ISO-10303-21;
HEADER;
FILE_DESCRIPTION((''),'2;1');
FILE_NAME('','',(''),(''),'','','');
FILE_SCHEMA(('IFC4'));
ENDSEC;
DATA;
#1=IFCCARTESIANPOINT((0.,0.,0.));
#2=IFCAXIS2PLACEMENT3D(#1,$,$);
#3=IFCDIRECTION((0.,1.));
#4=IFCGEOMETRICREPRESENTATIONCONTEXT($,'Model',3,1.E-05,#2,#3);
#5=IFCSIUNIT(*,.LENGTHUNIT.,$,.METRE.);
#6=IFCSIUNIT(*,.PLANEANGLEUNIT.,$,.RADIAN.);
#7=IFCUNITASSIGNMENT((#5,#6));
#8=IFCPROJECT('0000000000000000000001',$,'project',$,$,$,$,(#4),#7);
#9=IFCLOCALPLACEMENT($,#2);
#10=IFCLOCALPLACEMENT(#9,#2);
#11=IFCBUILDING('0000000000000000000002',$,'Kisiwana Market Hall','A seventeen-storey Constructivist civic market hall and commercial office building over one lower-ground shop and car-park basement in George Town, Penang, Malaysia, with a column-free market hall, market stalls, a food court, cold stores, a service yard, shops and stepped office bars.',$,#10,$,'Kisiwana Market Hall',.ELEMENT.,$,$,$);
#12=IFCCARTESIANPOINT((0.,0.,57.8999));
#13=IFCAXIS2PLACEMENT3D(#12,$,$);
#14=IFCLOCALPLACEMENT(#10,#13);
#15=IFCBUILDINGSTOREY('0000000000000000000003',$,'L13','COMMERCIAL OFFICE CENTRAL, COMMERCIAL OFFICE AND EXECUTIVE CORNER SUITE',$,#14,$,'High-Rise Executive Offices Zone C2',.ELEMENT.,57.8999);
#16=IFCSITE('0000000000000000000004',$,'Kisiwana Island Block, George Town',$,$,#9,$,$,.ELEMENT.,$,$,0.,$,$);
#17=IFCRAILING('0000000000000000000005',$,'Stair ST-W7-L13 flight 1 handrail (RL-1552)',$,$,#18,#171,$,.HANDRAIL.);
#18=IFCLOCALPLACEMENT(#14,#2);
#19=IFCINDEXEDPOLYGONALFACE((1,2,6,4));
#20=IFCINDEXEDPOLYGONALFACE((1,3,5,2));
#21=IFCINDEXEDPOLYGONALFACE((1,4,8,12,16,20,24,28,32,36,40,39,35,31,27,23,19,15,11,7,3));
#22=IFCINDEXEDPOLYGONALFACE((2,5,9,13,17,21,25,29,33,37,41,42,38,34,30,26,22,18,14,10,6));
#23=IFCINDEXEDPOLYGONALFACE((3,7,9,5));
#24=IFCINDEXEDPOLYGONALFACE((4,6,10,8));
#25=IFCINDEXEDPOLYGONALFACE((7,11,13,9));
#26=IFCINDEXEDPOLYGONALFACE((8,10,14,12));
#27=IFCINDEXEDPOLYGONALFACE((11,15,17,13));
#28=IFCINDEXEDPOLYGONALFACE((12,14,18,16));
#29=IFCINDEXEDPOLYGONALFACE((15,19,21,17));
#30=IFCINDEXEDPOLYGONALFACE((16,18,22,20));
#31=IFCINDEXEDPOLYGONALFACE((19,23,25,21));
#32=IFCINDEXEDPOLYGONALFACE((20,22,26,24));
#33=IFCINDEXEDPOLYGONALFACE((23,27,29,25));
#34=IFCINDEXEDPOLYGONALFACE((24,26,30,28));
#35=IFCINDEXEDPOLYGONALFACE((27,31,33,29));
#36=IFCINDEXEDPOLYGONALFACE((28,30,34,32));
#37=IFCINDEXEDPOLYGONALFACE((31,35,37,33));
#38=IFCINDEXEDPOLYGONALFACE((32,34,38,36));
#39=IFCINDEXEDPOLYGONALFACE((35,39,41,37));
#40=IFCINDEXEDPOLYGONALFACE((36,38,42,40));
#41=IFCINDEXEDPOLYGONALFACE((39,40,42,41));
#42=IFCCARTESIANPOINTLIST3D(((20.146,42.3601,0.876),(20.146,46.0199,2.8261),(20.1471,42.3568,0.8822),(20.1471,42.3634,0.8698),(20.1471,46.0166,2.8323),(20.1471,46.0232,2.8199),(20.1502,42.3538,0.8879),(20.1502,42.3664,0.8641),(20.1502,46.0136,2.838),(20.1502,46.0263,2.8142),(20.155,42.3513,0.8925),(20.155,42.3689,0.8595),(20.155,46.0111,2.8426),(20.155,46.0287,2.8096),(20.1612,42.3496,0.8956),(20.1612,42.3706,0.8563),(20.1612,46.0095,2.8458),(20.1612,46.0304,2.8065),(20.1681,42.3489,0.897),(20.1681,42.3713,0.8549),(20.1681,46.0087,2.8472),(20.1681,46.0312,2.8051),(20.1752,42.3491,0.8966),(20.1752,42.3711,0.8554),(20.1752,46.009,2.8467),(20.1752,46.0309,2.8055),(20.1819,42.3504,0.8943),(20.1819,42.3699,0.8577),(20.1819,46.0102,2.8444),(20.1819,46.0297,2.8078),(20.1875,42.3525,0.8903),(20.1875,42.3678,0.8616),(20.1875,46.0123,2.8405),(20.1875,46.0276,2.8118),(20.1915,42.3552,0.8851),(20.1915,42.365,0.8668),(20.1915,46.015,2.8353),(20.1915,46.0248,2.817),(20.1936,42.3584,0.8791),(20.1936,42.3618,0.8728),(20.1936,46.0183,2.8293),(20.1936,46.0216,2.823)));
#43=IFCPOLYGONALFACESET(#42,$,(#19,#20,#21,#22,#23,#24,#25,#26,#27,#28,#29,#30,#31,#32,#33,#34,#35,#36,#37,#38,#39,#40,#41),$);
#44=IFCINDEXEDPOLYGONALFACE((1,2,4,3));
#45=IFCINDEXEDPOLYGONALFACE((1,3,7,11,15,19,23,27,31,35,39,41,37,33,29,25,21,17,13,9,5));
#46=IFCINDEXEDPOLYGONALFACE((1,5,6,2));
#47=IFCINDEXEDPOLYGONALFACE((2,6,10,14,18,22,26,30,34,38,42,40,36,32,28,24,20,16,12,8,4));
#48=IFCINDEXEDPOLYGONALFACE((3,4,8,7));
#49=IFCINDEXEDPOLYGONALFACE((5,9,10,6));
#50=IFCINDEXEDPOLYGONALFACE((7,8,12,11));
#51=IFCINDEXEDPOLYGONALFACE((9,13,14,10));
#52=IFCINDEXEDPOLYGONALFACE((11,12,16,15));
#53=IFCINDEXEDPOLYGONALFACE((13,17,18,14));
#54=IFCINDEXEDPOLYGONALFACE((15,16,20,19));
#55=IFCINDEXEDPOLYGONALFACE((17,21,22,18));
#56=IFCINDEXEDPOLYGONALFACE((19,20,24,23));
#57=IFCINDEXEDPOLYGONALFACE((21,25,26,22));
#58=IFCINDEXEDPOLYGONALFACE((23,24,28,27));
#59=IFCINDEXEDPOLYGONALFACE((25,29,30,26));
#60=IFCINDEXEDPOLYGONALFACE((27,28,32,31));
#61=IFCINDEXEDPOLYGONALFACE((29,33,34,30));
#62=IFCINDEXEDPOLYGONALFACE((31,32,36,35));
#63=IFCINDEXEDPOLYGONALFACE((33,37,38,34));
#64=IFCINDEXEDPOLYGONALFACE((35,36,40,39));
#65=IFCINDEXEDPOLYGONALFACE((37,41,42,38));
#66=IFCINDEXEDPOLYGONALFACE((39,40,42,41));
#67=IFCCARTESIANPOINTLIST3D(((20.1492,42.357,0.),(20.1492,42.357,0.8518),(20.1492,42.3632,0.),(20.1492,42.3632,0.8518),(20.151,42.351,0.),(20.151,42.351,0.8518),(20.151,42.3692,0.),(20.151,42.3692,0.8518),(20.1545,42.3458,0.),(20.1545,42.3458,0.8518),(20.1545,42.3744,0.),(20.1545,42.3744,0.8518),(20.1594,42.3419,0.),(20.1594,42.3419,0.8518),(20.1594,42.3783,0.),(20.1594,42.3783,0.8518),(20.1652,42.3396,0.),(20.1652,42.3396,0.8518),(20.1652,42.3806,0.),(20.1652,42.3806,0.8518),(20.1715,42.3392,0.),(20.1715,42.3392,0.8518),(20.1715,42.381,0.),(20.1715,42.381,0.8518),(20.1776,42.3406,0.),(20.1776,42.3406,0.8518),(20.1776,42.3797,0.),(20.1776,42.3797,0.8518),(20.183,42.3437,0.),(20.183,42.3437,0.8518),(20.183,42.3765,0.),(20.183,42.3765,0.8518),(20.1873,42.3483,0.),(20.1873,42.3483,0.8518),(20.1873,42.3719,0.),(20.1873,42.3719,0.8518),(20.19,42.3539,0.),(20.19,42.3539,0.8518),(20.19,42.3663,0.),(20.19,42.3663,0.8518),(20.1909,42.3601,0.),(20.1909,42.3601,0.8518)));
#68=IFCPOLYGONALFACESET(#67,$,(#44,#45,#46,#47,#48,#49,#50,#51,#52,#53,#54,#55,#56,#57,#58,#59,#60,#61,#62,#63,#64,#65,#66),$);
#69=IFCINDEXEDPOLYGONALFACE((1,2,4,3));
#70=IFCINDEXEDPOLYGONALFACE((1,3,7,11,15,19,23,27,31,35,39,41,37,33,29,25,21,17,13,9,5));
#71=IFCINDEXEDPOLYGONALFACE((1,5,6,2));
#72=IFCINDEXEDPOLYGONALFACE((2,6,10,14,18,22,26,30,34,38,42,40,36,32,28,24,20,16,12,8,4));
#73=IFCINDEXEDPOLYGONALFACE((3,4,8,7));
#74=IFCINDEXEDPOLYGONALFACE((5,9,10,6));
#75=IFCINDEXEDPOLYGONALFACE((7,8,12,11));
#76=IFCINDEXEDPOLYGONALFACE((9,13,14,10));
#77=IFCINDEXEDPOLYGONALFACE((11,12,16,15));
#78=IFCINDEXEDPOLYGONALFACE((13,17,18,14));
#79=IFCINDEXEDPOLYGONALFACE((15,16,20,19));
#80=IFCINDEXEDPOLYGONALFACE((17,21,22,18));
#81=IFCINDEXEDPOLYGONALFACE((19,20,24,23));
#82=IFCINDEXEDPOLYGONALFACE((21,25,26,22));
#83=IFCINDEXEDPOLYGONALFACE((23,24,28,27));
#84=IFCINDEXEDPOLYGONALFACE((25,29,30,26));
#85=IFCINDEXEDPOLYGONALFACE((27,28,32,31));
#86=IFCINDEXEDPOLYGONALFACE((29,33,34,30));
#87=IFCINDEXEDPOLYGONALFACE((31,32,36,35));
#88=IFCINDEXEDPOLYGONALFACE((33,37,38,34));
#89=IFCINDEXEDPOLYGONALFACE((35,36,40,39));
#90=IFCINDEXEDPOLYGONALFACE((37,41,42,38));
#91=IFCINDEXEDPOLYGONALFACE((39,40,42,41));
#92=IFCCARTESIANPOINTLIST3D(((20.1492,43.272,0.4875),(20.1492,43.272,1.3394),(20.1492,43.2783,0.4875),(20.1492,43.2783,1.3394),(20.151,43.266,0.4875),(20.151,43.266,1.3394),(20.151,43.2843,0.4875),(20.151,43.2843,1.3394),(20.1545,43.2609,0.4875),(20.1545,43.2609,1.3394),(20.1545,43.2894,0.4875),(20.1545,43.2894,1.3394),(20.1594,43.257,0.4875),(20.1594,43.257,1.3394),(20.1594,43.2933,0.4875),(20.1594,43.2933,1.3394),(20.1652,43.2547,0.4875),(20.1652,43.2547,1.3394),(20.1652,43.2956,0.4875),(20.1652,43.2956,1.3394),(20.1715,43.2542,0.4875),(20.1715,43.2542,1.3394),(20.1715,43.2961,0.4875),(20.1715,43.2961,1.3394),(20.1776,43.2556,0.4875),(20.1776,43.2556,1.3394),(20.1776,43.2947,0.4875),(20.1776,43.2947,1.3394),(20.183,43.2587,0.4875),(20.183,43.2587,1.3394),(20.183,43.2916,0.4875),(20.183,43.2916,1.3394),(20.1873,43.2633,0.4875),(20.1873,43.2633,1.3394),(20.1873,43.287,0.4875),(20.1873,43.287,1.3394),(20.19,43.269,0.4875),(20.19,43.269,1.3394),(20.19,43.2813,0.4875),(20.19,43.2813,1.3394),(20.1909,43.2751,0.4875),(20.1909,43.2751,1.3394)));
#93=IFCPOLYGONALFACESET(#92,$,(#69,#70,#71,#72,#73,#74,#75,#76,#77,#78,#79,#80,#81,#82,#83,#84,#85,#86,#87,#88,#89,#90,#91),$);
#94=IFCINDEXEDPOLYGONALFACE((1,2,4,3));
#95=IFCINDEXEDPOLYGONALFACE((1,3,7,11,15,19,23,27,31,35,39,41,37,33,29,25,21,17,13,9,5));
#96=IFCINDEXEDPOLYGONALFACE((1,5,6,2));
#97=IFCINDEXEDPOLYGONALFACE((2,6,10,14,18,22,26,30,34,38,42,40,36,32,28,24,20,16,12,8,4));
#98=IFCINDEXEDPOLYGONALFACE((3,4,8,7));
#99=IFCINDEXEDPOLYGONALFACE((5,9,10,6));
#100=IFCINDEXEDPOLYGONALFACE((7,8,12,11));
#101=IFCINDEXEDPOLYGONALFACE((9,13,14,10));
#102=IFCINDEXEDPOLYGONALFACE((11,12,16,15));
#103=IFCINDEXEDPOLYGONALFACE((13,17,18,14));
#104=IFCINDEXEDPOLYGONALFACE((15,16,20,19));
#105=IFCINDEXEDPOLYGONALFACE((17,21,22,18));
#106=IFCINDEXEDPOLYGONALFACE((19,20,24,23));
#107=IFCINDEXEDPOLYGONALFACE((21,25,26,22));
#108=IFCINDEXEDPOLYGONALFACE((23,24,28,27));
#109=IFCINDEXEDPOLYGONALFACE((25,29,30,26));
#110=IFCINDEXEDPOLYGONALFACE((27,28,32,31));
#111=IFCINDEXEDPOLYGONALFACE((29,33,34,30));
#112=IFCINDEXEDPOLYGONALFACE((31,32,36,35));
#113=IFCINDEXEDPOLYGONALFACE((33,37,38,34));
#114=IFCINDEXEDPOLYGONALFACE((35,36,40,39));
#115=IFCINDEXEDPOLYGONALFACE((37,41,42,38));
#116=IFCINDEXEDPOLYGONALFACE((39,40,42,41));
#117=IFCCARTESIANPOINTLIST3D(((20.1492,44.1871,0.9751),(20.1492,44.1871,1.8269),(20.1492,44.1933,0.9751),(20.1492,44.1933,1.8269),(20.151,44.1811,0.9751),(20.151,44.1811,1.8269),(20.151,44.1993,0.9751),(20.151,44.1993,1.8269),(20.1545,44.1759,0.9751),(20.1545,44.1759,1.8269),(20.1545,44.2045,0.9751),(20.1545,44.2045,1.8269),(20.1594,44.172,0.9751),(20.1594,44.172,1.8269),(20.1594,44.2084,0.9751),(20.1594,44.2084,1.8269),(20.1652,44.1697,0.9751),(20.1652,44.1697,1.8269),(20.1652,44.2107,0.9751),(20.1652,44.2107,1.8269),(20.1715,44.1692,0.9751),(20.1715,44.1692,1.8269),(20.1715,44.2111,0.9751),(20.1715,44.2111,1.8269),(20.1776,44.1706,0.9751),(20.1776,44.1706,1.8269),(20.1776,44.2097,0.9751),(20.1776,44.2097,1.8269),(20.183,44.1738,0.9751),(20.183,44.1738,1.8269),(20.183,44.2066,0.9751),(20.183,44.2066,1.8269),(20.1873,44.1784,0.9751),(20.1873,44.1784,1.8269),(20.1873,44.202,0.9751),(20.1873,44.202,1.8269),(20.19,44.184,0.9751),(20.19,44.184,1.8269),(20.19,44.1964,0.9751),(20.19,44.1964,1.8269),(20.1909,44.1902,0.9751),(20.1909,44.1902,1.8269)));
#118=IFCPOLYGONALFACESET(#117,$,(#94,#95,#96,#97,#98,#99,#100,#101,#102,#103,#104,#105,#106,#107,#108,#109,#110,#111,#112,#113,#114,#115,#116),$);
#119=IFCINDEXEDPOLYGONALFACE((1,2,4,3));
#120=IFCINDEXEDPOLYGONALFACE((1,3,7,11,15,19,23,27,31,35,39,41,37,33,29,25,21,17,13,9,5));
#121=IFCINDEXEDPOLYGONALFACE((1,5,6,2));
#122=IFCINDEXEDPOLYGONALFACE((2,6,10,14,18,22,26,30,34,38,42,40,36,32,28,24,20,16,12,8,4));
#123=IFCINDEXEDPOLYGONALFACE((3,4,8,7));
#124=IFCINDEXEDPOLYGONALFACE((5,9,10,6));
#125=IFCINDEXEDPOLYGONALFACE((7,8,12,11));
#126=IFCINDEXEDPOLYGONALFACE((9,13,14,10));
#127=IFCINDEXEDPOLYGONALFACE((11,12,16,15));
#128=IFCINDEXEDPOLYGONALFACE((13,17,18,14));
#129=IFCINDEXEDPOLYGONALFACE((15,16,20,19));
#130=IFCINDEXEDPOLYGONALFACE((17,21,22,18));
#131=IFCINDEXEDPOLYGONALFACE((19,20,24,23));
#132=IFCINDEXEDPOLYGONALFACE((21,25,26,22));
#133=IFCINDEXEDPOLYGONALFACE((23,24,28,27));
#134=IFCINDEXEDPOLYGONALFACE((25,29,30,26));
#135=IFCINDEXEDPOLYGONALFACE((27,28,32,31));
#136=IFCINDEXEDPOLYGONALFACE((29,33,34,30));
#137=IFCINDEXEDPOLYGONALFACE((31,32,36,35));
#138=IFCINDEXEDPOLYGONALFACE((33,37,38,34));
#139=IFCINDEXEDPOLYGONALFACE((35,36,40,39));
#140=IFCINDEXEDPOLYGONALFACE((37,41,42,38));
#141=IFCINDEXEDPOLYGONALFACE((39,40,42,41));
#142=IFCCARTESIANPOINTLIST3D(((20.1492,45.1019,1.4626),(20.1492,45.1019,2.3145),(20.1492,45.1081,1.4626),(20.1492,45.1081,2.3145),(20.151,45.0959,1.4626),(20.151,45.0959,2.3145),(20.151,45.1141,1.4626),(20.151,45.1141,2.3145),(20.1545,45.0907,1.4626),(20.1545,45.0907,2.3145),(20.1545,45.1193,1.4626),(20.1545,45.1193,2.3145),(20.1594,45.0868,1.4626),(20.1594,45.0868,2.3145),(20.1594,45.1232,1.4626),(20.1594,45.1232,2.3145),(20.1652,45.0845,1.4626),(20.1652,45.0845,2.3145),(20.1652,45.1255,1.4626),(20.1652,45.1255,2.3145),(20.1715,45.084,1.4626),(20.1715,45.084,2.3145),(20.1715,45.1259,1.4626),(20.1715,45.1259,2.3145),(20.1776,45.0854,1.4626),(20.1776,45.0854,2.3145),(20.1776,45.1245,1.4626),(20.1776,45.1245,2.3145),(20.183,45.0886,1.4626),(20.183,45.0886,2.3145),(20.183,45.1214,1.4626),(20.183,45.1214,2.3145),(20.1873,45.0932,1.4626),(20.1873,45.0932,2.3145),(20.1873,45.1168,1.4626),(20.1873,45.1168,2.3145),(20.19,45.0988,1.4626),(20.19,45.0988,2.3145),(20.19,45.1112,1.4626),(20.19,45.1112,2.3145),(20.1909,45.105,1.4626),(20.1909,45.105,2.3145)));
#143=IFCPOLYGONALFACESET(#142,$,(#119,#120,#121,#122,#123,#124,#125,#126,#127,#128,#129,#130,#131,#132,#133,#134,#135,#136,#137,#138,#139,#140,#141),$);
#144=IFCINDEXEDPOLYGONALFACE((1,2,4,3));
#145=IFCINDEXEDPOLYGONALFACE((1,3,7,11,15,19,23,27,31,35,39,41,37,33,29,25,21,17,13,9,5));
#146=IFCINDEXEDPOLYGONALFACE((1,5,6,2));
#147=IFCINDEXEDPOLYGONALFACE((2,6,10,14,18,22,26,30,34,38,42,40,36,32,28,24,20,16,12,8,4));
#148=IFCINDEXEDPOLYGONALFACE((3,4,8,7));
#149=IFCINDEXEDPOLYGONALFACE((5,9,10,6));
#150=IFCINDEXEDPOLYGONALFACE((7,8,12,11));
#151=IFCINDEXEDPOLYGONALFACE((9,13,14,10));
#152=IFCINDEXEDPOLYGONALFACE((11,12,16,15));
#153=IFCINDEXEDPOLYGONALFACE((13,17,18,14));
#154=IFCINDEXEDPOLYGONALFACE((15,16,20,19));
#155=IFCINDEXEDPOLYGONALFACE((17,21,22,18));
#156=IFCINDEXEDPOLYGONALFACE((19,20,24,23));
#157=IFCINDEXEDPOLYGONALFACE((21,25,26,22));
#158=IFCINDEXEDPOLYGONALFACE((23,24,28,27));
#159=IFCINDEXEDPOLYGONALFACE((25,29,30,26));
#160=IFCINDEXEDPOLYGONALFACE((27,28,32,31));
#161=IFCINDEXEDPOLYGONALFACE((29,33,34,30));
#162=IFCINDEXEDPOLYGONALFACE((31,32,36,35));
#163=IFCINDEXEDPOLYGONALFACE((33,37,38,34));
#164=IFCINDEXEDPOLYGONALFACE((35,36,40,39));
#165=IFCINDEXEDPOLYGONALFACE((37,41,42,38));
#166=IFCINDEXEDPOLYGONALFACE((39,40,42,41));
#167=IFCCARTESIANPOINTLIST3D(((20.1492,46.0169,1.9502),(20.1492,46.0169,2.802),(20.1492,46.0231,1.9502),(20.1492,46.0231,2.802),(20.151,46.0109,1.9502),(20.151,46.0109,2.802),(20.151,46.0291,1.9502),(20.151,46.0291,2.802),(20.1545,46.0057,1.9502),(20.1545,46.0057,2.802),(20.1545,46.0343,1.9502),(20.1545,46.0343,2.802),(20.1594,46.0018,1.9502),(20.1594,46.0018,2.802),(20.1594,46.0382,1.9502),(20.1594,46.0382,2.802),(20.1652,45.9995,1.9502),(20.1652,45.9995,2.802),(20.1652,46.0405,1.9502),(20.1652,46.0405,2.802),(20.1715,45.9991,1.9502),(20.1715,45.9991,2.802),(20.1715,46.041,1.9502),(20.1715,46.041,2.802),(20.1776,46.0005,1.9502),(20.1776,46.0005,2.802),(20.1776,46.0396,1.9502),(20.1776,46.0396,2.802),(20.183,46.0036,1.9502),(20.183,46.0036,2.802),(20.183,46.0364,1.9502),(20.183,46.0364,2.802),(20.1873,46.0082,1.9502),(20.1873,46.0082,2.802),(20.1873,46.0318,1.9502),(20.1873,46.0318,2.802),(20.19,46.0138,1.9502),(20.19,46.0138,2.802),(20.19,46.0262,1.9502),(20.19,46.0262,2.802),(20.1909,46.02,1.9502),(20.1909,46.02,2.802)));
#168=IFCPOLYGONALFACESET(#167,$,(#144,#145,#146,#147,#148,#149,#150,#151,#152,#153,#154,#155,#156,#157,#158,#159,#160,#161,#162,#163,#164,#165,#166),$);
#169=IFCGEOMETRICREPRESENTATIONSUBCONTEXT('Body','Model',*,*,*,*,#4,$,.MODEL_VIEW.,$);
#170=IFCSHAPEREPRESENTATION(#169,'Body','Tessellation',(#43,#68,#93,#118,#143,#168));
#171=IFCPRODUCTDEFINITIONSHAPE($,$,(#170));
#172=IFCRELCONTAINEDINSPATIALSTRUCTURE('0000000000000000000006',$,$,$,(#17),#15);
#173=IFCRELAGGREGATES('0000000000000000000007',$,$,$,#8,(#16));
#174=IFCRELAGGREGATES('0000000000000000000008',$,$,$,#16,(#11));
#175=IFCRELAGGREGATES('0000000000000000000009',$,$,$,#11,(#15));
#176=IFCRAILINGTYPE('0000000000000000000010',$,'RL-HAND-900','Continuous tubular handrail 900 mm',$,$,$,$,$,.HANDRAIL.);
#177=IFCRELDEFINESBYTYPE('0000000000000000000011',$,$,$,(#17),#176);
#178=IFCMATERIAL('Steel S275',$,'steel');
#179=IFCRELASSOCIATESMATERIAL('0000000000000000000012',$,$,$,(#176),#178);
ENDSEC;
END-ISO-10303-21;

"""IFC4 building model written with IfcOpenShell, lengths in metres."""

from ifc_helpers import new_model, si_unit, direction, frame, origin, origin_2d, place, context, subcontext, project, spatial, circle, extrude, material, type_object, element, save


model = new_model("IFC4")

# Units and contexts
model_context = context("Model", 3, precision=1e-05, world=origin(), true_north=direction((0.0, 1.0)))
body_context = subcontext(model_context, "Body", "Model", "MODEL_VIEW")
ifc_project = project(units=[si_unit("LENGTHUNIT", "METRE"), si_unit("PLANEANGLEUNIT", "RADIAN")], contexts=[model_context])

# Site, building, storey
site_placement = place(None, origin())
site = spatial("IfcSite", under=ifc_project, at=site_placement, Name="Kisiwana Island Block, George Town", CompositionType="ELEMENT", RefElevation=0.0)
building_placement = place(site_placement, origin())
building = spatial("IfcBuilding", under=site, at=building_placement, Name="Kisiwana Market Hall", Description="A seventeen-storey Constructivist civic market hall and commercial office building over one lower-ground shop and car-park basement in George Town, Penang, Malaysia, with a column-free market hall, market stalls, a food court, cold stores, a service yard, shops and stepped office bars.", LongName="Kisiwana Market Hall", CompositionType="ELEMENT")
storey_placement = place(building_placement, frame((0.0, 0.0, 57.8999)))
storey = spatial("IfcBuildingStorey", under=building, at=storey_placement, Name="L13", Description="COMMERCIAL OFFICE CENTRAL, COMMERCIAL OFFICE AND EXECUTIVE CORNER SUITE", LongName="High-Rise Executive Offices Zone C2", CompositionType="ELEMENT", Elevation=57.8999)

# Railing
ifc_material_1 = material(Name="Steel S275", Category="steel")
railing_type_1 = type_object("IfcRailingType", Name="RL-HAND-900", Description="Continuous tubular handrail 900 mm", PredefinedType="HANDRAIL", material=ifc_material_1)
railing_1_placement = place(storey_placement, frame((20.1699, 42.3601, 0.0)))
element("IfcRailing", 1, at=railing_1_placement, inside=storey, type_object=railing_type_1, Name="Stair ST-W7-L13 flight 1 handrail (RL-1552)", PredefinedType="HANDRAIL", context=body_context, shape_type="SweptSolid", body=[
    extrude(circle(Radius=0.0239, at=origin_2d()), frame((0.0, 0.0, 0.876), z_axis=(0.0, 0.882529, 0.470258), x_axis=(-1.0, 0.0, 0.0)), (0.0, 0.0, 1.0), 4.147),
    extrude(circle(Radius=0.021, at=origin_2d()), origin(), (0.0, 0.0, 1.0), 0.8518),
    extrude(circle(Radius=0.021, at=origin_2d()), frame((0.0, 0.915, 0.4875)), (0.0, 0.0, 1.0), 0.8518),
    extrude(circle(Radius=0.021, at=origin_2d()), frame((0.0, 1.8301, 0.9751)), (0.0, 0.0, 1.0), 0.8518),
    extrude(circle(Radius=0.021, at=origin_2d()), frame((0.0, 2.7449, 1.4626)), (0.0, 0.0, 1.0), 0.8518),
    extrude(circle(Radius=0.021, at=origin_2d()), frame((0.0, 3.6599, 1.9502)), (0.0, 0.0, 1.0), 0.8518),
])

save(model, "model.ifc")
